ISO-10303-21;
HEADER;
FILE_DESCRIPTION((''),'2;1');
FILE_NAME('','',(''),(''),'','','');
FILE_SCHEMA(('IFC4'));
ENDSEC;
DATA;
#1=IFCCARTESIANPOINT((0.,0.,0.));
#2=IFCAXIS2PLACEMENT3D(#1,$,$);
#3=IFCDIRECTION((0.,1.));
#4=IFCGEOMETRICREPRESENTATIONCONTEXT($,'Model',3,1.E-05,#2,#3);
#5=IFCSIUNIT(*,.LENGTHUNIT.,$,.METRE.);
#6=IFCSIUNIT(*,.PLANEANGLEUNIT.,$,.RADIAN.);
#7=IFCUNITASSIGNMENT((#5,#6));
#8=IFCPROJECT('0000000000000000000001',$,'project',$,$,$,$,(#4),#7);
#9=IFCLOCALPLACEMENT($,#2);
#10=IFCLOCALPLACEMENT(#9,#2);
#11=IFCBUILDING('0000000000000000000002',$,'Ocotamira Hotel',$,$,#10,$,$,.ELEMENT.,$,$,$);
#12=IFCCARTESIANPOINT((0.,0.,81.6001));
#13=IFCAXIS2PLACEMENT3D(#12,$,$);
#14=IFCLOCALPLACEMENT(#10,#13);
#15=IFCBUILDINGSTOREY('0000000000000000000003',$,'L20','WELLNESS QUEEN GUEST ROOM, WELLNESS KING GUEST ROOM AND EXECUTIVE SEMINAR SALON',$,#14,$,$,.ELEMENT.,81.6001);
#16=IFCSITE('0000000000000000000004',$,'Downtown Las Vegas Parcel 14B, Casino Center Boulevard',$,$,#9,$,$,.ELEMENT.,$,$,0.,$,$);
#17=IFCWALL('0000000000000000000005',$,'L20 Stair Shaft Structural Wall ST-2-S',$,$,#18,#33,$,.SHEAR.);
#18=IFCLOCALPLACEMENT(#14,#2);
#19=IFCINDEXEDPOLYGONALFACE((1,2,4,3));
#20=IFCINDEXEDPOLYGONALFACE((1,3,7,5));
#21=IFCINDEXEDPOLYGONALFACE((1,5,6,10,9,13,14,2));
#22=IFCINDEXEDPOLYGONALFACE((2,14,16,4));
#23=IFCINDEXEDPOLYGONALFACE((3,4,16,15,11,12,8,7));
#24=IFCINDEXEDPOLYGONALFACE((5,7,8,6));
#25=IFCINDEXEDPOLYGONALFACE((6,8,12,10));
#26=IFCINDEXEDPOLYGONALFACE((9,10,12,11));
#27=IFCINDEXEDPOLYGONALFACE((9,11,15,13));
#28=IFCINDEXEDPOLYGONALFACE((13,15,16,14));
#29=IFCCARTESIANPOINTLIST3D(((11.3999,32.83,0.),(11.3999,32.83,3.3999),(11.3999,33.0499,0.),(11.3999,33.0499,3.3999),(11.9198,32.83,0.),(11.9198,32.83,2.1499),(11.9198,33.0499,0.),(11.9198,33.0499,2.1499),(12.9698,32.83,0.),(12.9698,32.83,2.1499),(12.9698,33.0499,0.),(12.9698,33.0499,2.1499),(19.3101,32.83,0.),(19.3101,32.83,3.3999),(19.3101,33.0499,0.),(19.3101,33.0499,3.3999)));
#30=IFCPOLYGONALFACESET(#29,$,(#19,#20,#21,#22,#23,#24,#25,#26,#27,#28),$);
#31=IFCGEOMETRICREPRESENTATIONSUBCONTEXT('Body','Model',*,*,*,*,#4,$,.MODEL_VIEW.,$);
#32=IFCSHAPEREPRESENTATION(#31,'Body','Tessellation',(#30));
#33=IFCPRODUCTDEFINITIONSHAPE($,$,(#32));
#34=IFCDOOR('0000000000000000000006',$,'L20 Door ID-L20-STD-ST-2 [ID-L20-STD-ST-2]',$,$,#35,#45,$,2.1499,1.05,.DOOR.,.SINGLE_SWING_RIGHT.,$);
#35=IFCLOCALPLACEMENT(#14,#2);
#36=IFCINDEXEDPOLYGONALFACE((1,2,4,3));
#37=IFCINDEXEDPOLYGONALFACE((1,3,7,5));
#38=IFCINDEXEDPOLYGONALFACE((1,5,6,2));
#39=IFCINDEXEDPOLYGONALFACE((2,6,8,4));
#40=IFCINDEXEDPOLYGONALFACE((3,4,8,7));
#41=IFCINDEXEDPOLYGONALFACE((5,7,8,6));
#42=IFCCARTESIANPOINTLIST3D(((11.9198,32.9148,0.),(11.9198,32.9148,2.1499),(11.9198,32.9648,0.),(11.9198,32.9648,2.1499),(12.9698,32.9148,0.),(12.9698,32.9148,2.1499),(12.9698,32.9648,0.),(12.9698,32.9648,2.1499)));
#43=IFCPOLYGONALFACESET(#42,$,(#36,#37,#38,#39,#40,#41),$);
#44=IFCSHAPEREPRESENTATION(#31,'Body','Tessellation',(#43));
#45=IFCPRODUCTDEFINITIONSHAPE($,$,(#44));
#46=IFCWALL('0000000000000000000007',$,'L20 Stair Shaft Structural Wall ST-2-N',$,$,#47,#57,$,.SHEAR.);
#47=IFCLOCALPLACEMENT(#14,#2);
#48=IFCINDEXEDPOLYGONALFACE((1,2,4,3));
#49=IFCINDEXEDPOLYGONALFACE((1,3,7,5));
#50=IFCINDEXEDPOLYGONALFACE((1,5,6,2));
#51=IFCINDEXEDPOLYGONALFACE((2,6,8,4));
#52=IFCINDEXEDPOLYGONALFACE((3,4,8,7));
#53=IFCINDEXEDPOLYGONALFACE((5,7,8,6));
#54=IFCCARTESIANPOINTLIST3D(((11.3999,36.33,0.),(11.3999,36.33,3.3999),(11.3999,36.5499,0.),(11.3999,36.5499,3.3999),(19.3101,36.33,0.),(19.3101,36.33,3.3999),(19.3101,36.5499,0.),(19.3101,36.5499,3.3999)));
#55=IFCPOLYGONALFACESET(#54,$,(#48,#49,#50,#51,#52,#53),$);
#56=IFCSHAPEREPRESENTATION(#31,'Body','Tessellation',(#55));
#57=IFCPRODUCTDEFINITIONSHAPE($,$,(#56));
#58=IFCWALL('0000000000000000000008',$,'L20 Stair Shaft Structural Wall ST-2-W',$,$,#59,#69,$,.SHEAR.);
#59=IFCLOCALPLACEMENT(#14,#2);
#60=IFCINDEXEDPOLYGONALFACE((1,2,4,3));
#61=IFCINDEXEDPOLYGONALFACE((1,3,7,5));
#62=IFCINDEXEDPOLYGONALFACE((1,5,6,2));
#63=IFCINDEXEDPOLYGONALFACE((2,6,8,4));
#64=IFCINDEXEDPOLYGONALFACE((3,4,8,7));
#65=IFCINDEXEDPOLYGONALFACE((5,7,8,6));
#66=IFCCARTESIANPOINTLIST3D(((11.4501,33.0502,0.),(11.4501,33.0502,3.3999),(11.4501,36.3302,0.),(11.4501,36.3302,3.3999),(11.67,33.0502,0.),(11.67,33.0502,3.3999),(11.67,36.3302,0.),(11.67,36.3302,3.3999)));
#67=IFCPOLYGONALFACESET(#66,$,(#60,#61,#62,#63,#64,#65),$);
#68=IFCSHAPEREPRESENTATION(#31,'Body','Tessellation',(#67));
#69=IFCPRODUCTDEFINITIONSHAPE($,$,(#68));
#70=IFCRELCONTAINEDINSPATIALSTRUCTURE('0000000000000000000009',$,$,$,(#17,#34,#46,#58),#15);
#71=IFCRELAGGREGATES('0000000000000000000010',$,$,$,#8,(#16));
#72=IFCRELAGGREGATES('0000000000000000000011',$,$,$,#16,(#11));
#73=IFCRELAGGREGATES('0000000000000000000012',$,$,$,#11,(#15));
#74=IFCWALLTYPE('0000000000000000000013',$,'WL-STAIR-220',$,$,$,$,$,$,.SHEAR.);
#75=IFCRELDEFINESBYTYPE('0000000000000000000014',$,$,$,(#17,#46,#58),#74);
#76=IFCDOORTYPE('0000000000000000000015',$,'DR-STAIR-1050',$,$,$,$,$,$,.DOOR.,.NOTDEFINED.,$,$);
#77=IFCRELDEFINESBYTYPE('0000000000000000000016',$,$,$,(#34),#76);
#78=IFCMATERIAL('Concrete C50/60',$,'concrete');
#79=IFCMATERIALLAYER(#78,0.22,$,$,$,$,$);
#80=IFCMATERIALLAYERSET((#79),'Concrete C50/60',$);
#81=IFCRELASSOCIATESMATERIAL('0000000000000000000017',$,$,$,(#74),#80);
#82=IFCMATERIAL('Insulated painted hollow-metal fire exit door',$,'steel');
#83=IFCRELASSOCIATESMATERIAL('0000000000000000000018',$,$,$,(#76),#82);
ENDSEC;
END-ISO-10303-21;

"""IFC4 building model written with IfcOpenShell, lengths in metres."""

from ifc_helpers import new_model, si_unit, direction, frame, frame_2d, origin, place, context, subcontext, project, spatial, rectangle, extrude, source, transform, mapped, material, layer, layer_set, type_object, element, fill, save


model = new_model("IFC4")

# Units and contexts
model_context = context("Model", 3, precision=1e-05, world=origin(), true_north=direction((0.0, 1.0)))
body_context = subcontext(model_context, "Body", "Model", "MODEL_VIEW")
ifc_project = project(units=[si_unit("LENGTHUNIT", "METRE"), si_unit("PLANEANGLEUNIT", "RADIAN")], contexts=[model_context])

# Site, building, storey
site_placement = place(None, origin())
site = spatial("IfcSite", under=ifc_project, at=site_placement, Name="Downtown Las Vegas Parcel 14B, Casino Center Boulevard", CompositionType="ELEMENT", RefElevation=0.0)
building_placement = place(site_placement, origin())
building = spatial("IfcBuilding", under=site, at=building_placement, Name="Ocotamira Hotel", CompositionType="ELEMENT")
storey_placement = place(building_placement, frame((0.0, 0.0, 81.6001)))
storey = spatial("IfcBuildingStorey", under=building, at=storey_placement, Name="L20", Description="WELLNESS QUEEN GUEST ROOM, WELLNESS KING GUEST ROOM AND EXECUTIVE SEMINAR SALON", CompositionType="ELEMENT", Elevation=81.6001)

# Wall, opening, door
ifc_material_1 = material(Name="Concrete C50/60", Category="concrete")
ifc_layer_1 = layer(ifc_material_1, 0.22)
ifc_layer_set_1 = layer_set([ifc_layer_1], Name="Concrete C50/60")
wall_type_1 = type_object("IfcWallType", Name="WL-STAIR-220", PredefinedType="SHEAR", material=ifc_layer_set_1)
wall_1_placement = place(storey_placement, frame((11.3999, 32.9399, 0.0), z_axis=(0.0, 0.0, 1.0), x_axis=(1.0, 0.0, 0.0)))
wall_1 = element("IfcWall", 1, at=wall_1_placement, inside=storey, type_object=wall_type_1, Name="L20 Stair Shaft Structural Wall ST-2-S", PredefinedType="SHEAR", context=body_context, shape_type="SweptSolid", body=[
    extrude(rectangle(XDim=7.9102, YDim=0.22, at=frame_2d((3.9551, 0.0))), origin(), (0.0, 0.0, 1.0), 3.3999),
])
opening_1_placement = place(wall_1_placement, frame((0.52, 0.0, 0.0)))
opening_1 = element("IfcOpeningElement", 2, at=opening_1_placement, cuts=wall_1, PredefinedType="OPENING", context=body_context, shape_type="SweptSolid", body=[
    extrude(rectangle(XDim=1.05, YDim=2.1499, at=frame_2d((0.5249, 1.075))), frame((0.0, 0.1201, 0.0), z_axis=(0.0, -1.0, 0.0), x_axis=(1.0, 0.0, 0.0)), (0.0, 0.0, 1.0), 0.24),
])
ifc_material_2 = material(Name="Insulated painted hollow-metal fire exit door", Category="steel")
door_type_1 = type_object("IfcDoorType", Name="DR-STAIR-1050", OperationType="NOTDEFINED", PredefinedType="DOOR", material=ifc_material_2)
shared_shape_1 = source(origin(), body_context, "Body", "SweptSolid", [
    extrude(rectangle(XDim=1.05, YDim=2.1499, at=frame_2d((0.5249, 1.075))), frame((0.0, 0.0249, 0.0), z_axis=(0.0, -1.0, 0.0), x_axis=(1.0, 0.0, 0.0)), (0.0, 0.0, 1.0), 0.05),
])
door_1_placement = place(opening_1_placement, origin())
door_1 = element("IfcDoor", 3, at=door_1_placement, inside=storey, type_object=door_type_1, Name="L20 Door ID-L20-STD-ST-2 [ID-L20-STD-ST-2]", OperationType="SINGLE_SWING_RIGHT", OverallHeight=2.1499, OverallWidth=1.05, PredefinedType="DOOR", context=body_context, shape_type="MappedRepresentation", body=[
    mapped(shared_shape_1, transform((0.0, 0.0, 0.0), scale=1.0)),
])
fill(opening_1, door_1)

# Walls
wall_2_placement = place(storey_placement, frame((11.3999, 36.4399, 0.0), z_axis=(0.0, 0.0, 1.0), x_axis=(1.0, 0.0, 0.0)))
element("IfcWall", 4, at=wall_2_placement, inside=storey, type_object=wall_type_1, Name="L20 Stair Shaft Structural Wall ST-2-N", PredefinedType="SHEAR", context=body_context, shape_type="SweptSolid", body=[
    extrude(rectangle(XDim=7.9102, YDim=0.22, at=frame_2d((3.9551, 0.0))), origin(), (0.0, 0.0, 1.0), 3.3999),
])
wall_3_placement = place(storey_placement, frame((11.5601, 33.05, 0.0), z_axis=(0.0, 0.0, 1.0), x_axis=(0.0, 1.0, 0.0)))
element("IfcWall", 5, at=wall_3_placement, inside=storey, type_object=wall_type_1, Name="L20 Stair Shaft Structural Wall ST-2-W", PredefinedType="SHEAR", context=body_context, shape_type="SweptSolid", body=[
    extrude(rectangle(XDim=3.28, YDim=0.22, at=frame_2d((1.6401, 0.0))), origin(), (0.0, 0.0, 1.0), 3.3999),
])

save(model, "model.ifc")
